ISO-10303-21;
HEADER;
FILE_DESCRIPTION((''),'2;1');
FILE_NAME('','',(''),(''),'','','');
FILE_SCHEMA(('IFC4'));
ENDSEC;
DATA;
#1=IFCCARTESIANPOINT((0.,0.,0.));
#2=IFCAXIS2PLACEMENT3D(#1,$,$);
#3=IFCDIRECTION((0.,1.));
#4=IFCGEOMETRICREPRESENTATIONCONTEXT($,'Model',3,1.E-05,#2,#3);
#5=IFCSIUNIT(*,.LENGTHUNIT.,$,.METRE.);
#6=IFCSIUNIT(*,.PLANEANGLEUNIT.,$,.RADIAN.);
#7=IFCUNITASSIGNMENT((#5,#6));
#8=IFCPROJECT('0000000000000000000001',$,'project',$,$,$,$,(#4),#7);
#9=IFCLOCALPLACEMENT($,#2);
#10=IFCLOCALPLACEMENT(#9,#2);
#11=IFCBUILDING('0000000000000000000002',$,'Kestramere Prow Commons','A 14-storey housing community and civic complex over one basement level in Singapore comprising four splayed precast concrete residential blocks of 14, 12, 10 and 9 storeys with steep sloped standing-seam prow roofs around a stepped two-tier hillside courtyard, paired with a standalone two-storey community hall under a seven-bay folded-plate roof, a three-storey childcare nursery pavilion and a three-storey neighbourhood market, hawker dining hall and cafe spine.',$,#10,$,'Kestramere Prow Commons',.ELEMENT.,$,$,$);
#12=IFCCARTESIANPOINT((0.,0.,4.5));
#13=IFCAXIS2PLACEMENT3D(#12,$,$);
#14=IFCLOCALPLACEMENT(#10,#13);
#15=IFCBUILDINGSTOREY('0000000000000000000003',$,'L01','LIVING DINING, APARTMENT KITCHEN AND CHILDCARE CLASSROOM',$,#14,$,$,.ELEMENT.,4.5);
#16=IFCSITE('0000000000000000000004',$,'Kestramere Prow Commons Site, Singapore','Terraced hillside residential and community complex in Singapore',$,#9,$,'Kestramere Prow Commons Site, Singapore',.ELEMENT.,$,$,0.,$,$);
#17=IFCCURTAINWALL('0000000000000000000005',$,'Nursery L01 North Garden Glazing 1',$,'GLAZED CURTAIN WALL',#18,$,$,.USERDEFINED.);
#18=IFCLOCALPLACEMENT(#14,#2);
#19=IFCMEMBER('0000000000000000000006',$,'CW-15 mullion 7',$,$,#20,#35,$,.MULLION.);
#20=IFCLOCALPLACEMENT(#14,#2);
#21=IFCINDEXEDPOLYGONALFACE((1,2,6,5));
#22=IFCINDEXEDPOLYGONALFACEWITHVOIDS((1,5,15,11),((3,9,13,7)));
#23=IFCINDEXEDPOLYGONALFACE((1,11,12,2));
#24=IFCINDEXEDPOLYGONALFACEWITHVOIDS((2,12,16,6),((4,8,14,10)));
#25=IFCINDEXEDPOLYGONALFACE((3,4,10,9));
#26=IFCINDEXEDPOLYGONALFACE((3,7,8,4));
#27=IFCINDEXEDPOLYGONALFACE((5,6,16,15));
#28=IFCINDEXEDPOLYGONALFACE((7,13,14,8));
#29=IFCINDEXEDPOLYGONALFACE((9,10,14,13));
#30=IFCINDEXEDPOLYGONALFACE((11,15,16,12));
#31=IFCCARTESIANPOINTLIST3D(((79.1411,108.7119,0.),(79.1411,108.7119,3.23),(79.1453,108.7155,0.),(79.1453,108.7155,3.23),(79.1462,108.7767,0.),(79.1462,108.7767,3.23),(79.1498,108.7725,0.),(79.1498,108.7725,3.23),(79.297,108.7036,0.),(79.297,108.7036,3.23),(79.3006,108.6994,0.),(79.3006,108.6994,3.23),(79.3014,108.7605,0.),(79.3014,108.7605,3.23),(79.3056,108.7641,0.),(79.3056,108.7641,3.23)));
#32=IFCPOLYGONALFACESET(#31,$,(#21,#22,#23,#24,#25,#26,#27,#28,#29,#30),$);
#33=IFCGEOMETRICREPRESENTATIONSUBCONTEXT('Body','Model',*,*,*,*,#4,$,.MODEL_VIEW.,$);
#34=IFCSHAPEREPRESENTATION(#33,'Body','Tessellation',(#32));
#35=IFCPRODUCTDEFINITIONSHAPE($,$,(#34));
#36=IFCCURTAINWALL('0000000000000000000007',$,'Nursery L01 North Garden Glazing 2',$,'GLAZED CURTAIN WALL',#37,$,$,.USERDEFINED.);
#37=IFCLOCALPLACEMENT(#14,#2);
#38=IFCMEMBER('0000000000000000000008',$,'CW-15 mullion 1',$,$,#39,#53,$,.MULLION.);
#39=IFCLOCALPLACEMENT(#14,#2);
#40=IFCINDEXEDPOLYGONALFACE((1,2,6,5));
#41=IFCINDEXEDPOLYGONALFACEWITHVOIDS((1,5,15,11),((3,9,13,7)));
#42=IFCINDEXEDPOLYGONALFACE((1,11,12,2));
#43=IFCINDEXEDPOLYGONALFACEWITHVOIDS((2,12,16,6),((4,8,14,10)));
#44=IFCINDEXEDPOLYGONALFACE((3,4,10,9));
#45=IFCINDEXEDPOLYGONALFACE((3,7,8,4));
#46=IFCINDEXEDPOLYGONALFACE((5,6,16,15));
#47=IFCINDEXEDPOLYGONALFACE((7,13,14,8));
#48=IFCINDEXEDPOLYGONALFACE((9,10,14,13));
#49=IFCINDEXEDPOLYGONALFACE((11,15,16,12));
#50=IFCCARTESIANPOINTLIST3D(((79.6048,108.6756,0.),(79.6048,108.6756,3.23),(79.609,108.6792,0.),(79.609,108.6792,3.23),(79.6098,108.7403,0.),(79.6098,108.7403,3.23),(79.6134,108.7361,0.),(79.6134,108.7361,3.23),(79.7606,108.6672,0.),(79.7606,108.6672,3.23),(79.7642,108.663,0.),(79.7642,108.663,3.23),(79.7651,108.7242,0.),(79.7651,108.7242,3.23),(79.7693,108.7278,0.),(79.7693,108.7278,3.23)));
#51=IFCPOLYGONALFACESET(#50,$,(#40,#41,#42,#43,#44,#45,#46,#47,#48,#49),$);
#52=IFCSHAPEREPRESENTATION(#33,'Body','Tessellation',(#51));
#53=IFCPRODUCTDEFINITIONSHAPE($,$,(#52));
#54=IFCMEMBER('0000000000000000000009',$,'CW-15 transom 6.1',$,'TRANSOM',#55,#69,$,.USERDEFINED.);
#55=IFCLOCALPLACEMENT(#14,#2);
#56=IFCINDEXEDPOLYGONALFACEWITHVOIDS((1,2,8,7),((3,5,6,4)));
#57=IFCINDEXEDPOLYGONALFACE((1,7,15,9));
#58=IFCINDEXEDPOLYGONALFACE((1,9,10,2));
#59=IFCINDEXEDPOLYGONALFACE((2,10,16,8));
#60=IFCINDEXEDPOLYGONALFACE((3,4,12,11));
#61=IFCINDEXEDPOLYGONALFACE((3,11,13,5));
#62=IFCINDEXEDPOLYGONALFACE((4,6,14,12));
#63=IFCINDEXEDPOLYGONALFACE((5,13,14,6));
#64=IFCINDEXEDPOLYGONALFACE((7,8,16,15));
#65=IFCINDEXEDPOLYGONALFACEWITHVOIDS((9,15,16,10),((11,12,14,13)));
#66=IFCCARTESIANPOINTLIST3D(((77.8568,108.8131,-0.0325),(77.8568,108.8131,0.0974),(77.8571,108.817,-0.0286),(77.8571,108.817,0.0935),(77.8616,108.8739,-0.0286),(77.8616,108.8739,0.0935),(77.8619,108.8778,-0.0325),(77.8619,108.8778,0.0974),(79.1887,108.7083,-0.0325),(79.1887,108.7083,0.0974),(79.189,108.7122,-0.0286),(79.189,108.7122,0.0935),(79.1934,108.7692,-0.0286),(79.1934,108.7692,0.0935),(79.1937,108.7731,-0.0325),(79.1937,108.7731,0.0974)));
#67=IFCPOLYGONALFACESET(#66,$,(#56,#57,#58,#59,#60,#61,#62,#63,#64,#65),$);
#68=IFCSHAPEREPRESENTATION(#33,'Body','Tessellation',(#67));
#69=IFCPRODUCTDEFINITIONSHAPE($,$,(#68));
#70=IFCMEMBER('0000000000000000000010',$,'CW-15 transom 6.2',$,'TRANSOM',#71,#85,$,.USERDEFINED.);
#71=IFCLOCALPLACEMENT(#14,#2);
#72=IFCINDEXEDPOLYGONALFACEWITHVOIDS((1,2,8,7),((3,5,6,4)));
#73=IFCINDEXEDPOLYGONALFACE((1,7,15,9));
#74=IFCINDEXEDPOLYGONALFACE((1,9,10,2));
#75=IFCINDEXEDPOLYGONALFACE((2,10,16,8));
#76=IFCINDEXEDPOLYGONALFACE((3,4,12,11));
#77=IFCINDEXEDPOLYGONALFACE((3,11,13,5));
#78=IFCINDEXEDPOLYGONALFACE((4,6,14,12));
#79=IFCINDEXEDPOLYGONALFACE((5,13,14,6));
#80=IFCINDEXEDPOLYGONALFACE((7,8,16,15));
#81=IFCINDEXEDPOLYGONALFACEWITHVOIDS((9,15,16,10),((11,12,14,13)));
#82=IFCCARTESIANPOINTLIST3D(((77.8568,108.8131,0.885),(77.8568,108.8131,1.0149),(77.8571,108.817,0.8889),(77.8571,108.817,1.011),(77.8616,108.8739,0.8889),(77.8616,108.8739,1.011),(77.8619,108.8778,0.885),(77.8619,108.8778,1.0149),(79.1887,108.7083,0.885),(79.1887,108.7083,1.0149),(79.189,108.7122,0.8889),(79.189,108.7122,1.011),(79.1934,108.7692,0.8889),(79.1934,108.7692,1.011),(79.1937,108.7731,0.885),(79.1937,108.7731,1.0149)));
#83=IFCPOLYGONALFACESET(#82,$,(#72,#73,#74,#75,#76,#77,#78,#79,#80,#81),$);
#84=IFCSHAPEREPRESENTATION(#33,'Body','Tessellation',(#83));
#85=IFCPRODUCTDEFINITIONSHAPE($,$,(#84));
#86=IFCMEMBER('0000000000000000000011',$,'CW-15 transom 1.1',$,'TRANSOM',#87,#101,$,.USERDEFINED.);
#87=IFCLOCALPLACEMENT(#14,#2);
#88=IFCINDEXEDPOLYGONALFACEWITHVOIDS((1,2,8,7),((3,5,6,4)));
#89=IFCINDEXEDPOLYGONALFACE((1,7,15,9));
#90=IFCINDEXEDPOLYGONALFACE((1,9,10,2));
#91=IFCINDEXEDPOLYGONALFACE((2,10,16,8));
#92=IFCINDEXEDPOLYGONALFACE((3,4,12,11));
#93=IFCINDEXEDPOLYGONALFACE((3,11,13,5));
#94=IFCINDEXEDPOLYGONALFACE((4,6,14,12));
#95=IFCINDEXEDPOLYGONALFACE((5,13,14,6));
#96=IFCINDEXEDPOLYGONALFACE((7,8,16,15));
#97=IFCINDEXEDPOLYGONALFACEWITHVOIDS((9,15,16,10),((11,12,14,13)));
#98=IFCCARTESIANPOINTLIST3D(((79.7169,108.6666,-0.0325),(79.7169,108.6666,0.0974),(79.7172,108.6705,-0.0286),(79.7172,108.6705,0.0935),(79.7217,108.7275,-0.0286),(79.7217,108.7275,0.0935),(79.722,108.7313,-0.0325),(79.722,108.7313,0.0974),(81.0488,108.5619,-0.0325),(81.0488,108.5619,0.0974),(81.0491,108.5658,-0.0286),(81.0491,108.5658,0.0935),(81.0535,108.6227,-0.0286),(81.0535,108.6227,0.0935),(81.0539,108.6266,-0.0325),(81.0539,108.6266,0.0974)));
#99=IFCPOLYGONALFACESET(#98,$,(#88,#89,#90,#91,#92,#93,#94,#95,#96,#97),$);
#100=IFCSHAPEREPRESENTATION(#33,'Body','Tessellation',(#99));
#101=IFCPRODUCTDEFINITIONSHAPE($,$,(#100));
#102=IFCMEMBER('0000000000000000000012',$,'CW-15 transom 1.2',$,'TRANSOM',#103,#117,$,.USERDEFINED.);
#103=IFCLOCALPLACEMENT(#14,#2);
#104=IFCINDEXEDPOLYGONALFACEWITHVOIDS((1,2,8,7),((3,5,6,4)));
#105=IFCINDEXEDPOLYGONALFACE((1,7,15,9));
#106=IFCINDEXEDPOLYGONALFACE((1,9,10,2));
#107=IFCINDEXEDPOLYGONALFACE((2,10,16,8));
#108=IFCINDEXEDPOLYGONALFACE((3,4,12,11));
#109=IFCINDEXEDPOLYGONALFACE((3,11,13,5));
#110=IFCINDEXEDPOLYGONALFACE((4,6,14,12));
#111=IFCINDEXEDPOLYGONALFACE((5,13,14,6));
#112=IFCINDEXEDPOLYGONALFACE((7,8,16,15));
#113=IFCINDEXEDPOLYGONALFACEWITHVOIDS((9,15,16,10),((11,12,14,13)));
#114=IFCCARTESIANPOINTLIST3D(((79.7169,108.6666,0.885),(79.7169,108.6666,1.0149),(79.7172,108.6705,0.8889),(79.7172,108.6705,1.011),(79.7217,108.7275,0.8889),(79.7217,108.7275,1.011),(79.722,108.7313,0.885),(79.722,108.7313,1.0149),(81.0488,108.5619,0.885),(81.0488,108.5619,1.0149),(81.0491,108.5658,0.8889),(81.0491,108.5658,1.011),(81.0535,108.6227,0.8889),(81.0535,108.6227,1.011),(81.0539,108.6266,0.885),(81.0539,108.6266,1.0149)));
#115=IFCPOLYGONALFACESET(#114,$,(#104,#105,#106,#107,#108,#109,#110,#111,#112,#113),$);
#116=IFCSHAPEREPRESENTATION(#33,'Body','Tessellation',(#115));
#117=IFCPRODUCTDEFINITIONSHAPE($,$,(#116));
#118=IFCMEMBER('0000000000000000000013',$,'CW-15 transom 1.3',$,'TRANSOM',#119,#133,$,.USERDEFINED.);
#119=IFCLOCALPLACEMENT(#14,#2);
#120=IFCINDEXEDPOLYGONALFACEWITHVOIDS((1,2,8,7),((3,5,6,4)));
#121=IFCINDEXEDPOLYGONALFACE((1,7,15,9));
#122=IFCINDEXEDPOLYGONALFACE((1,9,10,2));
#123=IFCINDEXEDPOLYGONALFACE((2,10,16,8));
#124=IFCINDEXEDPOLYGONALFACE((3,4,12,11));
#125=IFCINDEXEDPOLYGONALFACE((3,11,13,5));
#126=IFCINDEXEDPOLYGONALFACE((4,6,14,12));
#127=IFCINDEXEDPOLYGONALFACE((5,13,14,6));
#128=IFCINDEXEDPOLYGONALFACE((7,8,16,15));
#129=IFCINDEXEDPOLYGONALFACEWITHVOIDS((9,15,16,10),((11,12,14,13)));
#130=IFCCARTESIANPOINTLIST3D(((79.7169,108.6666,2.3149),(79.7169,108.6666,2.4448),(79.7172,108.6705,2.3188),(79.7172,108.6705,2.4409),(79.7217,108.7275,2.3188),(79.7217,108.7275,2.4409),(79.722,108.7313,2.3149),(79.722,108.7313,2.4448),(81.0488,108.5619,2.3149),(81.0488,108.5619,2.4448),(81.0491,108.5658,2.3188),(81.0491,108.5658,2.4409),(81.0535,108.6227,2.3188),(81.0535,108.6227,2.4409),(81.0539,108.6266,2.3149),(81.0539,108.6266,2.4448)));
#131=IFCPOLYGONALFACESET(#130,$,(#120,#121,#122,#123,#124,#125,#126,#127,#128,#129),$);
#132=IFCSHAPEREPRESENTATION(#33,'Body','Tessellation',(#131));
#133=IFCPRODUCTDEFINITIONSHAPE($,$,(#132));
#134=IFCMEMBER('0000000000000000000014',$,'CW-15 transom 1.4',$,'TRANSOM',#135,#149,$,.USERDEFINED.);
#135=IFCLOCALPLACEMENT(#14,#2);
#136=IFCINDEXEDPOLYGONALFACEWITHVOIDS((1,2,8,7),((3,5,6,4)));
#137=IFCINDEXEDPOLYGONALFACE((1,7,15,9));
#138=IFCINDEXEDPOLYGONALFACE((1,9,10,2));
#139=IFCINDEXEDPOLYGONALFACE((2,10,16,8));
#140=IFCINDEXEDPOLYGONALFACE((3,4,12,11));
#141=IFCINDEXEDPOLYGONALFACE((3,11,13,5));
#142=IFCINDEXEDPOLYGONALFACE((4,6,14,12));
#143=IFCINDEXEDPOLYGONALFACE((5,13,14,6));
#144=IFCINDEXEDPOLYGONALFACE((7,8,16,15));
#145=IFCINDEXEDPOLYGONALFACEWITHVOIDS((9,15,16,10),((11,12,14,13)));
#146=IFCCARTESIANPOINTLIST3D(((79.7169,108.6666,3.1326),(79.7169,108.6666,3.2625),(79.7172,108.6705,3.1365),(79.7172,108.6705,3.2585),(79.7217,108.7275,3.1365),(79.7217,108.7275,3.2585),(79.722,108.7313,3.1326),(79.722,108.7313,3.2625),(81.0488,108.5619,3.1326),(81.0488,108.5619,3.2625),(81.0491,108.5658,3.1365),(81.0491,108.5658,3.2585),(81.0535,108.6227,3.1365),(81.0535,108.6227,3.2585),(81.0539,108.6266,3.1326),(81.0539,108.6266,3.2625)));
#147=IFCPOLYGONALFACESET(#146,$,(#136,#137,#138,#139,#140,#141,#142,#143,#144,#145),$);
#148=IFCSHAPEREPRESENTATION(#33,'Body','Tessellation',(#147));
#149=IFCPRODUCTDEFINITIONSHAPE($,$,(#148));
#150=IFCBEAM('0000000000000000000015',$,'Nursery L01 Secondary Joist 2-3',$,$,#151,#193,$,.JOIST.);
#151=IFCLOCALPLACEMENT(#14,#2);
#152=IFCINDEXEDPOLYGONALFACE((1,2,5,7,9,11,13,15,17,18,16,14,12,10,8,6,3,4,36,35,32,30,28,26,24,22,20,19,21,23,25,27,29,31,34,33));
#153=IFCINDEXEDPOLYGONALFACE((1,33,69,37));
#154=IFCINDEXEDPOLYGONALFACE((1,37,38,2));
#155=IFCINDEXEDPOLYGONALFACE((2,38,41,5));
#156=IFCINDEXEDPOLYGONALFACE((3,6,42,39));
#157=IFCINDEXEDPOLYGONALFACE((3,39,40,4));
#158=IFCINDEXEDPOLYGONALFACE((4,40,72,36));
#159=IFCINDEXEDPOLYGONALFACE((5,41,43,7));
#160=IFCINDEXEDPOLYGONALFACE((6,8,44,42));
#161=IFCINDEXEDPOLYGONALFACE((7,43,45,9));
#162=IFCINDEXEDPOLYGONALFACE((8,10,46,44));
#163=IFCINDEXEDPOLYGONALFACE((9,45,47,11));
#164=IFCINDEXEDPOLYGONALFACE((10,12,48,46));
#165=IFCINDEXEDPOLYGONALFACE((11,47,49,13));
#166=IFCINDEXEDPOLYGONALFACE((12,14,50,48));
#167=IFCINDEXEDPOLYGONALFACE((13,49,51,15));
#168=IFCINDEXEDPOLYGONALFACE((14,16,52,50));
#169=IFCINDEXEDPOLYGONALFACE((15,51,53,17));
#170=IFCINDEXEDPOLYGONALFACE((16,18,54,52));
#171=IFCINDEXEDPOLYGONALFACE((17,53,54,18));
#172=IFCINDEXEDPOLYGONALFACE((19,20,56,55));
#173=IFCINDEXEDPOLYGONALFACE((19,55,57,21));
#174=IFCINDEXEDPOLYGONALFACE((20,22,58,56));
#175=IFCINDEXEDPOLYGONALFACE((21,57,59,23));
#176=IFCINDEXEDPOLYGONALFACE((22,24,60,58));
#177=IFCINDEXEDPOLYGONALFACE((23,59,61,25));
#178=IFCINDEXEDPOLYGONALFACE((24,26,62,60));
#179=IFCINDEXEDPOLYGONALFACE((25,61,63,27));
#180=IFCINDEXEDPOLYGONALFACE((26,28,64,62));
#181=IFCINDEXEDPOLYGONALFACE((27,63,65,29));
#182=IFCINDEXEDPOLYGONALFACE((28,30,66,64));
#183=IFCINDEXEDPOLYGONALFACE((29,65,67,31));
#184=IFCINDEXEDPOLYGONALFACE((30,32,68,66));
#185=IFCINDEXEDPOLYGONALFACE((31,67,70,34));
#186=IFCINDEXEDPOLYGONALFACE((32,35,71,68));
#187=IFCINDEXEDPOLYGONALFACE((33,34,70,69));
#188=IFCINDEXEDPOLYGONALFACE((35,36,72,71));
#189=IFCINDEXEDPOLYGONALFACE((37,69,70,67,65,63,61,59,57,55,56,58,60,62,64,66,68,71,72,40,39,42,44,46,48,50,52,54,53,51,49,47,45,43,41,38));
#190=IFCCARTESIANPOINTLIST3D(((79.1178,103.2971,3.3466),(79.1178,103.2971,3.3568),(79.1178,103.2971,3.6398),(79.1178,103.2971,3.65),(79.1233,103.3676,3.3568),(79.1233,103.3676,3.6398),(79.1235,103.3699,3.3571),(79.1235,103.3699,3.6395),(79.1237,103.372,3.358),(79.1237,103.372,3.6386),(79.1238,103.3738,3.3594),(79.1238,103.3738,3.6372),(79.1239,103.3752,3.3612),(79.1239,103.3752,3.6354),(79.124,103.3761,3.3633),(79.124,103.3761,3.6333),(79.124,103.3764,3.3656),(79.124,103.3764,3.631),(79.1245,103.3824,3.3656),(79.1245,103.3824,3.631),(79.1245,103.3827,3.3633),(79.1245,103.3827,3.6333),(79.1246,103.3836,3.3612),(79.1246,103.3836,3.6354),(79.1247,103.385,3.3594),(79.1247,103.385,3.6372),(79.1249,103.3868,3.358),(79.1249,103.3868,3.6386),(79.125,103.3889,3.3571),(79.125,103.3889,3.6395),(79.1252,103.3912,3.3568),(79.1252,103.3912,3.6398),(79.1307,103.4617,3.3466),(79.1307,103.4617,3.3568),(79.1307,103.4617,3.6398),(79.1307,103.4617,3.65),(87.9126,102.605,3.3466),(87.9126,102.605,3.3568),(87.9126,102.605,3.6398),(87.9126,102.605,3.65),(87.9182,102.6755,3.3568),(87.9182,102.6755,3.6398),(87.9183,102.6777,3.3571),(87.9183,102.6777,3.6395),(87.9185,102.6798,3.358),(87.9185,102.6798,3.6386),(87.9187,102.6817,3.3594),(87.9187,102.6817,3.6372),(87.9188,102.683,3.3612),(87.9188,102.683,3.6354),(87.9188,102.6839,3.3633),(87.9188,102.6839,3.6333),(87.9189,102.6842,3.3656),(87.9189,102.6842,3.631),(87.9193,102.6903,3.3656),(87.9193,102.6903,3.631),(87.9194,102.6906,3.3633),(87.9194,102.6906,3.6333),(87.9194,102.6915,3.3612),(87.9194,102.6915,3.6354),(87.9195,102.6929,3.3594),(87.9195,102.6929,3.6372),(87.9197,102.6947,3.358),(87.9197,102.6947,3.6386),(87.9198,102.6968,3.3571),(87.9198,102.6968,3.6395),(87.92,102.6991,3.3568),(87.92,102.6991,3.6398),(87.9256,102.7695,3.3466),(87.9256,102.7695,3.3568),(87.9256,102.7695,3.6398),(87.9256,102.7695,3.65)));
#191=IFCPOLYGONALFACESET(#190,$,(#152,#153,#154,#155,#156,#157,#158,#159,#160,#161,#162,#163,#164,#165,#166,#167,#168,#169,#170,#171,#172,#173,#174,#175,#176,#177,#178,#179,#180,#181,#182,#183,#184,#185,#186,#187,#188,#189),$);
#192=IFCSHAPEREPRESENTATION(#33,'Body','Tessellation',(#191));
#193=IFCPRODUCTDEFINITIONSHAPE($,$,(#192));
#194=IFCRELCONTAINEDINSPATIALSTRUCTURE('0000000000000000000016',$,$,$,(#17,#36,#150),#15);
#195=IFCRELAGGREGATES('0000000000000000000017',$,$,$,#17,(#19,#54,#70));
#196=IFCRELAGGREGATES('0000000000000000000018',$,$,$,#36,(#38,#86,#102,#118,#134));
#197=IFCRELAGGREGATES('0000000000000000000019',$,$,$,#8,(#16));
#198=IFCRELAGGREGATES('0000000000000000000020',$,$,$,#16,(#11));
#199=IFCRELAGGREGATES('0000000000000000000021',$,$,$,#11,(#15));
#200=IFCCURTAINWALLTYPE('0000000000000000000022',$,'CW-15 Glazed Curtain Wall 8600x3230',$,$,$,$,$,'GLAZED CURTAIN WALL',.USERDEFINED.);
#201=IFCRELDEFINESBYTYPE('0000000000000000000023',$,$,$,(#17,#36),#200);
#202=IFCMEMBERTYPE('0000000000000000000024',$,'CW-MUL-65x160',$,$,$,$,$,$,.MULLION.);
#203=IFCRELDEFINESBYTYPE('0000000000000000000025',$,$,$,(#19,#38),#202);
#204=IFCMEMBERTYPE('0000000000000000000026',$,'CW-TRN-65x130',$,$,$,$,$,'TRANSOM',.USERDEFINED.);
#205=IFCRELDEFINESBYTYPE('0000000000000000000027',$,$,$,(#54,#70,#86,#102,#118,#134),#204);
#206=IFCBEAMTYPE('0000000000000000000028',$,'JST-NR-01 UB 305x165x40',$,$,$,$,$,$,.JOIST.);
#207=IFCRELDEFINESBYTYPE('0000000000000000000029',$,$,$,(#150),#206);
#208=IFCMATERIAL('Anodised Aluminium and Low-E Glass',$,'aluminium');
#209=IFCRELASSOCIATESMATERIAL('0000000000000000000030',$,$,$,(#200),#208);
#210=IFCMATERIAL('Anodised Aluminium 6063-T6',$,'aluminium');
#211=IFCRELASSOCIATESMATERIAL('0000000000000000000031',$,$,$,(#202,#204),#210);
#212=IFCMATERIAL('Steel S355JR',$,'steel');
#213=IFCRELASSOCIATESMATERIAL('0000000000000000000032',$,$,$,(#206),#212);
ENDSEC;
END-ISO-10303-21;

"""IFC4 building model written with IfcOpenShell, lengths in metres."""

from ifc_helpers import new_model, si_unit, direction, frame, origin, origin_2d, place, context, subcontext, project, spatial, hollow_rectangle, i_section, extrude, material, material_profile, profile_set, type_object, element, aggregate, save


model = new_model("IFC4")

# Units and contexts
model_context = context("Model", 3, precision=1e-05, world=origin(), true_north=direction((0.0, 1.0)))
body_context = subcontext(model_context, "Body", "Model", "MODEL_VIEW")
ifc_project = project(units=[si_unit("LENGTHUNIT", "METRE"), si_unit("PLANEANGLEUNIT", "RADIAN")], contexts=[model_context])

# Site, building, storey
site_placement = place(None, origin())
site = spatial("IfcSite", under=ifc_project, at=site_placement, Name="Kestramere Prow Commons Site, Singapore", Description="Terraced hillside residential and community complex in Singapore", LongName="Kestramere Prow Commons Site, Singapore", CompositionType="ELEMENT", RefElevation=0.0)
building_placement = place(site_placement, origin())
building = spatial("IfcBuilding", under=site, at=building_placement, Name="Kestramere Prow Commons", Description="A 14-storey housing community and civic complex over one basement level in Singapore comprising four splayed precast concrete residential blocks of 14, 12, 10 and 9 storeys with steep sloped standing-seam prow roofs around a stepped two-tier hillside courtyard, paired with a standalone two-storey community hall under a seven-bay folded-plate roof, a three-storey childcare nursery pavilion and a three-storey neighbourhood market, hawker dining hall and cafe spine.", LongName="Kestramere Prow Commons", CompositionType="ELEMENT")
storey_placement = place(building_placement, frame((0.0, 0.0, 4.5)))
storey = spatial("IfcBuildingStorey", under=building, at=storey_placement, Name="L01", Description="LIVING DINING, APARTMENT KITCHEN AND CHILDCARE CLASSROOM", CompositionType="ELEMENT", Elevation=4.5)

# Shared definitions
ifc_material_1 = material(Name="Steel S355JR", Category="steel")

# Curtain walls, members
ifc_material_2 = material(Name="Anodised Aluminium and Low-E Glass", Category="aluminium")
curtain_wall_type = type_object("IfcCurtainWallType", Name="CW-15 Glazed Curtain Wall 8600x3230", ElementType="GLAZED CURTAIN WALL", PredefinedType="USERDEFINED", material=ifc_material_2)
curtain_wall_1_placement = place(storey_placement, origin())
curtain_wall_1 = element("IfcCurtainWall", 1, at=curtain_wall_1_placement, inside=storey, type_object=curtain_wall_type, Name="Nursery L01 North Garden Glazing 1", ObjectType="GLAZED CURTAIN WALL", PredefinedType="USERDEFINED")
ifc_material_3 = material(Name="Anodised Aluminium 6063-T6", Category="aluminium")
ifc_material_profile_1 = material_profile(ifc_material_3, hollow_rectangle(XDim=0.0649, YDim=0.1599, WallThickness=0.0039, at=origin_2d()), Name="ALU-MUL 65x160")
ifc_profile_set_1 = profile_set([ifc_material_profile_1], Name="Anodised Aluminium 6063-T6")
member_type_1 = type_object("IfcMemberType", Name="CW-MUL-65x160", PredefinedType="MULLION", material=ifc_profile_set_1)
member_1_placement = place(storey_placement, frame((79.2234, 108.738, 0.0), z_axis=(0.0, 0.0, 1.0), x_axis=(0.078459, 0.996917, 0.0)))
member_1 = element("IfcMember", 2, at=member_1_placement, type_object=member_type_1, Name="CW-15 mullion 7", PredefinedType="MULLION", context=body_context, shape_type="SweptSolid", body=[
    extrude(hollow_rectangle(XDim=0.0649, YDim=0.1599, WallThickness=0.0039, at=origin_2d()), origin(), (0.0, 0.0, 1.0), 3.23),
])
curtain_wall_2_placement = place(storey_placement, origin())
curtain_wall_2 = element("IfcCurtainWall", 3, at=curtain_wall_2_placement, inside=storey, type_object=curtain_wall_type, Name="Nursery L01 North Garden Glazing 2", ObjectType="GLAZED CURTAIN WALL", PredefinedType="USERDEFINED")
member_2_placement = place(storey_placement, frame((79.687, 108.7017, 0.0), z_axis=(0.0, 0.0, 1.0), x_axis=(0.078459, 0.996917, 0.0)))
member_2 = element("IfcMember", 4, at=member_2_placement, type_object=member_type_1, Name="CW-15 mullion 1", PredefinedType="MULLION", context=body_context, shape_type="SweptSolid", body=[
    extrude(hollow_rectangle(XDim=0.0649, YDim=0.1599, WallThickness=0.0039, at=origin_2d()), origin(), (0.0, 0.0, 1.0), 3.23),
])

# Members
ifc_material_profile_2 = material_profile(ifc_material_3, hollow_rectangle(XDim=0.0649, YDim=0.1299, WallThickness=0.0039, at=origin_2d()), Name="ALU-TRN 65x130")
ifc_profile_set_2 = profile_set([ifc_material_profile_2], Name="Anodised Aluminium 6063-T6")
member_type_2 = type_object("IfcMemberType", Name="CW-TRN-65x130", ElementType="TRANSOM", PredefinedType="USERDEFINED", material=ifc_profile_set_2)
member_3_placement = place(storey_placement, frame((77.8594, 108.8455, 0.0325), z_axis=(0.996922, -0.078401, 0.0), x_axis=(0.078401, 0.996922, 0.0)))
member_3 = element("IfcMember", 5, at=member_3_placement, type_object=member_type_2, Name="CW-15 transom 6.1", ObjectType="TRANSOM", PredefinedType="USERDEFINED", context=body_context, shape_type="SweptSolid", body=[
    extrude(hollow_rectangle(XDim=0.0649, YDim=0.1299, WallThickness=0.0039, at=origin_2d()), origin(), (0.0, 0.0, 1.0), 1.3359),
])
member_4_placement = place(storey_placement, frame((77.8594, 108.8455, 0.95), z_axis=(0.996922, -0.078401, 0.0), x_axis=(0.078401, 0.996922, 0.0)))
member_4 = element("IfcMember", 6, at=member_4_placement, type_object=member_type_2, Name="CW-15 transom 6.2", ObjectType="TRANSOM", PredefinedType="USERDEFINED", context=body_context, shape_type="SweptSolid", body=[
    extrude(hollow_rectangle(XDim=0.0649, YDim=0.1299, WallThickness=0.0039, at=origin_2d()), origin(), (0.0, 0.0, 1.0), 1.3359),
])
member_5_placement = place(storey_placement, frame((79.7195, 108.699, 0.0325), z_axis=(0.996922, -0.078401, 0.0), x_axis=(0.078401, 0.996922, 0.0)))
member_5 = element("IfcMember", 7, at=member_5_placement, type_object=member_type_2, Name="CW-15 transom 1.1", ObjectType="TRANSOM", PredefinedType="USERDEFINED", context=body_context, shape_type="SweptSolid", body=[
    extrude(hollow_rectangle(XDim=0.0649, YDim=0.1299, WallThickness=0.0039, at=origin_2d()), origin(), (0.0, 0.0, 1.0), 1.3359),
])
member_6_placement = place(storey_placement, frame((79.7195, 108.699, 0.95), z_axis=(0.996922, -0.078401, 0.0), x_axis=(0.078401, 0.996922, 0.0)))
member_6 = element("IfcMember", 8, at=member_6_placement, type_object=member_type_2, Name="CW-15 transom 1.2", ObjectType="TRANSOM", PredefinedType="USERDEFINED", context=body_context, shape_type="SweptSolid", body=[
    extrude(hollow_rectangle(XDim=0.0649, YDim=0.1299, WallThickness=0.0039, at=origin_2d()), origin(), (0.0, 0.0, 1.0), 1.3359),
])
member_7_placement = place(storey_placement, frame((79.7195, 108.699, 2.3799), z_axis=(0.996922, -0.078401, 0.0), x_axis=(0.078401, 0.996922, 0.0)))
member_7 = element("IfcMember", 9, at=member_7_placement, type_object=member_type_2, Name="CW-15 transom 1.3", ObjectType="TRANSOM", PredefinedType="USERDEFINED", context=body_context, shape_type="SweptSolid", body=[
    extrude(hollow_rectangle(XDim=0.0649, YDim=0.1299, WallThickness=0.0039, at=origin_2d()), origin(), (0.0, 0.0, 1.0), 1.3359),
])
member_8_placement = place(storey_placement, frame((79.7195, 108.699, 3.1975), z_axis=(0.996922, -0.078401, 0.0), x_axis=(0.078401, 0.996922, 0.0)))
member_8 = element("IfcMember", 10, at=member_8_placement, type_object=member_type_2, Name="CW-15 transom 1.4", ObjectType="TRANSOM", PredefinedType="USERDEFINED", context=body_context, shape_type="SweptSolid", body=[
    extrude(hollow_rectangle(XDim=0.0649, YDim=0.1299, WallThickness=0.0039, at=origin_2d()), origin(), (0.0, 0.0, 1.0), 1.3359),
])

# Beam
ifc_material_profile_3 = material_profile(ifc_material_1, i_section(OverallWidth=0.165, OverallDepth=0.3035, WebThickness=0.0061, FlangeThickness=0.0103, FilletRadius=0.0088, at=origin_2d()), Name="UB 305x165x40")
ifc_profile_set_3 = profile_set([ifc_material_profile_3], Name="Steel S355JR")
beam_type_1 = type_object("IfcBeamType", Name="JST-NR-01 UB 305x165x40", PredefinedType="JOIST", material=ifc_profile_set_3)
for number, where, z_axis, x_axis, name in (
    (11, (79.1243, 103.3794, 3.4983), (0.996918, -0.078455, 0.0), (0.078455, 0.996918, 0.0), "Nursery L01 Secondary Joist 2-3"),
):
    element("IfcBeam", number, at=place(storey_placement, frame(where, z_axis=z_axis, x_axis=x_axis)), inside=storey, type_object=beam_type_1, Name=name, PredefinedType="JOIST", context=body_context, shape_type="SweptSolid", body=[
        extrude(i_section(OverallWidth=0.165, OverallDepth=0.3035, WebThickness=0.0061, FlangeThickness=0.0103, FilletRadius=0.0088, at=origin_2d()), origin(), (0.0, 0.0, 1.0), 8.822),
    ])

aggregate(curtain_wall_1, [member_1, member_3, member_4])
aggregate(curtain_wall_2, [member_2, member_5, member_6, member_7, member_8])

save(model, "model.ifc")
